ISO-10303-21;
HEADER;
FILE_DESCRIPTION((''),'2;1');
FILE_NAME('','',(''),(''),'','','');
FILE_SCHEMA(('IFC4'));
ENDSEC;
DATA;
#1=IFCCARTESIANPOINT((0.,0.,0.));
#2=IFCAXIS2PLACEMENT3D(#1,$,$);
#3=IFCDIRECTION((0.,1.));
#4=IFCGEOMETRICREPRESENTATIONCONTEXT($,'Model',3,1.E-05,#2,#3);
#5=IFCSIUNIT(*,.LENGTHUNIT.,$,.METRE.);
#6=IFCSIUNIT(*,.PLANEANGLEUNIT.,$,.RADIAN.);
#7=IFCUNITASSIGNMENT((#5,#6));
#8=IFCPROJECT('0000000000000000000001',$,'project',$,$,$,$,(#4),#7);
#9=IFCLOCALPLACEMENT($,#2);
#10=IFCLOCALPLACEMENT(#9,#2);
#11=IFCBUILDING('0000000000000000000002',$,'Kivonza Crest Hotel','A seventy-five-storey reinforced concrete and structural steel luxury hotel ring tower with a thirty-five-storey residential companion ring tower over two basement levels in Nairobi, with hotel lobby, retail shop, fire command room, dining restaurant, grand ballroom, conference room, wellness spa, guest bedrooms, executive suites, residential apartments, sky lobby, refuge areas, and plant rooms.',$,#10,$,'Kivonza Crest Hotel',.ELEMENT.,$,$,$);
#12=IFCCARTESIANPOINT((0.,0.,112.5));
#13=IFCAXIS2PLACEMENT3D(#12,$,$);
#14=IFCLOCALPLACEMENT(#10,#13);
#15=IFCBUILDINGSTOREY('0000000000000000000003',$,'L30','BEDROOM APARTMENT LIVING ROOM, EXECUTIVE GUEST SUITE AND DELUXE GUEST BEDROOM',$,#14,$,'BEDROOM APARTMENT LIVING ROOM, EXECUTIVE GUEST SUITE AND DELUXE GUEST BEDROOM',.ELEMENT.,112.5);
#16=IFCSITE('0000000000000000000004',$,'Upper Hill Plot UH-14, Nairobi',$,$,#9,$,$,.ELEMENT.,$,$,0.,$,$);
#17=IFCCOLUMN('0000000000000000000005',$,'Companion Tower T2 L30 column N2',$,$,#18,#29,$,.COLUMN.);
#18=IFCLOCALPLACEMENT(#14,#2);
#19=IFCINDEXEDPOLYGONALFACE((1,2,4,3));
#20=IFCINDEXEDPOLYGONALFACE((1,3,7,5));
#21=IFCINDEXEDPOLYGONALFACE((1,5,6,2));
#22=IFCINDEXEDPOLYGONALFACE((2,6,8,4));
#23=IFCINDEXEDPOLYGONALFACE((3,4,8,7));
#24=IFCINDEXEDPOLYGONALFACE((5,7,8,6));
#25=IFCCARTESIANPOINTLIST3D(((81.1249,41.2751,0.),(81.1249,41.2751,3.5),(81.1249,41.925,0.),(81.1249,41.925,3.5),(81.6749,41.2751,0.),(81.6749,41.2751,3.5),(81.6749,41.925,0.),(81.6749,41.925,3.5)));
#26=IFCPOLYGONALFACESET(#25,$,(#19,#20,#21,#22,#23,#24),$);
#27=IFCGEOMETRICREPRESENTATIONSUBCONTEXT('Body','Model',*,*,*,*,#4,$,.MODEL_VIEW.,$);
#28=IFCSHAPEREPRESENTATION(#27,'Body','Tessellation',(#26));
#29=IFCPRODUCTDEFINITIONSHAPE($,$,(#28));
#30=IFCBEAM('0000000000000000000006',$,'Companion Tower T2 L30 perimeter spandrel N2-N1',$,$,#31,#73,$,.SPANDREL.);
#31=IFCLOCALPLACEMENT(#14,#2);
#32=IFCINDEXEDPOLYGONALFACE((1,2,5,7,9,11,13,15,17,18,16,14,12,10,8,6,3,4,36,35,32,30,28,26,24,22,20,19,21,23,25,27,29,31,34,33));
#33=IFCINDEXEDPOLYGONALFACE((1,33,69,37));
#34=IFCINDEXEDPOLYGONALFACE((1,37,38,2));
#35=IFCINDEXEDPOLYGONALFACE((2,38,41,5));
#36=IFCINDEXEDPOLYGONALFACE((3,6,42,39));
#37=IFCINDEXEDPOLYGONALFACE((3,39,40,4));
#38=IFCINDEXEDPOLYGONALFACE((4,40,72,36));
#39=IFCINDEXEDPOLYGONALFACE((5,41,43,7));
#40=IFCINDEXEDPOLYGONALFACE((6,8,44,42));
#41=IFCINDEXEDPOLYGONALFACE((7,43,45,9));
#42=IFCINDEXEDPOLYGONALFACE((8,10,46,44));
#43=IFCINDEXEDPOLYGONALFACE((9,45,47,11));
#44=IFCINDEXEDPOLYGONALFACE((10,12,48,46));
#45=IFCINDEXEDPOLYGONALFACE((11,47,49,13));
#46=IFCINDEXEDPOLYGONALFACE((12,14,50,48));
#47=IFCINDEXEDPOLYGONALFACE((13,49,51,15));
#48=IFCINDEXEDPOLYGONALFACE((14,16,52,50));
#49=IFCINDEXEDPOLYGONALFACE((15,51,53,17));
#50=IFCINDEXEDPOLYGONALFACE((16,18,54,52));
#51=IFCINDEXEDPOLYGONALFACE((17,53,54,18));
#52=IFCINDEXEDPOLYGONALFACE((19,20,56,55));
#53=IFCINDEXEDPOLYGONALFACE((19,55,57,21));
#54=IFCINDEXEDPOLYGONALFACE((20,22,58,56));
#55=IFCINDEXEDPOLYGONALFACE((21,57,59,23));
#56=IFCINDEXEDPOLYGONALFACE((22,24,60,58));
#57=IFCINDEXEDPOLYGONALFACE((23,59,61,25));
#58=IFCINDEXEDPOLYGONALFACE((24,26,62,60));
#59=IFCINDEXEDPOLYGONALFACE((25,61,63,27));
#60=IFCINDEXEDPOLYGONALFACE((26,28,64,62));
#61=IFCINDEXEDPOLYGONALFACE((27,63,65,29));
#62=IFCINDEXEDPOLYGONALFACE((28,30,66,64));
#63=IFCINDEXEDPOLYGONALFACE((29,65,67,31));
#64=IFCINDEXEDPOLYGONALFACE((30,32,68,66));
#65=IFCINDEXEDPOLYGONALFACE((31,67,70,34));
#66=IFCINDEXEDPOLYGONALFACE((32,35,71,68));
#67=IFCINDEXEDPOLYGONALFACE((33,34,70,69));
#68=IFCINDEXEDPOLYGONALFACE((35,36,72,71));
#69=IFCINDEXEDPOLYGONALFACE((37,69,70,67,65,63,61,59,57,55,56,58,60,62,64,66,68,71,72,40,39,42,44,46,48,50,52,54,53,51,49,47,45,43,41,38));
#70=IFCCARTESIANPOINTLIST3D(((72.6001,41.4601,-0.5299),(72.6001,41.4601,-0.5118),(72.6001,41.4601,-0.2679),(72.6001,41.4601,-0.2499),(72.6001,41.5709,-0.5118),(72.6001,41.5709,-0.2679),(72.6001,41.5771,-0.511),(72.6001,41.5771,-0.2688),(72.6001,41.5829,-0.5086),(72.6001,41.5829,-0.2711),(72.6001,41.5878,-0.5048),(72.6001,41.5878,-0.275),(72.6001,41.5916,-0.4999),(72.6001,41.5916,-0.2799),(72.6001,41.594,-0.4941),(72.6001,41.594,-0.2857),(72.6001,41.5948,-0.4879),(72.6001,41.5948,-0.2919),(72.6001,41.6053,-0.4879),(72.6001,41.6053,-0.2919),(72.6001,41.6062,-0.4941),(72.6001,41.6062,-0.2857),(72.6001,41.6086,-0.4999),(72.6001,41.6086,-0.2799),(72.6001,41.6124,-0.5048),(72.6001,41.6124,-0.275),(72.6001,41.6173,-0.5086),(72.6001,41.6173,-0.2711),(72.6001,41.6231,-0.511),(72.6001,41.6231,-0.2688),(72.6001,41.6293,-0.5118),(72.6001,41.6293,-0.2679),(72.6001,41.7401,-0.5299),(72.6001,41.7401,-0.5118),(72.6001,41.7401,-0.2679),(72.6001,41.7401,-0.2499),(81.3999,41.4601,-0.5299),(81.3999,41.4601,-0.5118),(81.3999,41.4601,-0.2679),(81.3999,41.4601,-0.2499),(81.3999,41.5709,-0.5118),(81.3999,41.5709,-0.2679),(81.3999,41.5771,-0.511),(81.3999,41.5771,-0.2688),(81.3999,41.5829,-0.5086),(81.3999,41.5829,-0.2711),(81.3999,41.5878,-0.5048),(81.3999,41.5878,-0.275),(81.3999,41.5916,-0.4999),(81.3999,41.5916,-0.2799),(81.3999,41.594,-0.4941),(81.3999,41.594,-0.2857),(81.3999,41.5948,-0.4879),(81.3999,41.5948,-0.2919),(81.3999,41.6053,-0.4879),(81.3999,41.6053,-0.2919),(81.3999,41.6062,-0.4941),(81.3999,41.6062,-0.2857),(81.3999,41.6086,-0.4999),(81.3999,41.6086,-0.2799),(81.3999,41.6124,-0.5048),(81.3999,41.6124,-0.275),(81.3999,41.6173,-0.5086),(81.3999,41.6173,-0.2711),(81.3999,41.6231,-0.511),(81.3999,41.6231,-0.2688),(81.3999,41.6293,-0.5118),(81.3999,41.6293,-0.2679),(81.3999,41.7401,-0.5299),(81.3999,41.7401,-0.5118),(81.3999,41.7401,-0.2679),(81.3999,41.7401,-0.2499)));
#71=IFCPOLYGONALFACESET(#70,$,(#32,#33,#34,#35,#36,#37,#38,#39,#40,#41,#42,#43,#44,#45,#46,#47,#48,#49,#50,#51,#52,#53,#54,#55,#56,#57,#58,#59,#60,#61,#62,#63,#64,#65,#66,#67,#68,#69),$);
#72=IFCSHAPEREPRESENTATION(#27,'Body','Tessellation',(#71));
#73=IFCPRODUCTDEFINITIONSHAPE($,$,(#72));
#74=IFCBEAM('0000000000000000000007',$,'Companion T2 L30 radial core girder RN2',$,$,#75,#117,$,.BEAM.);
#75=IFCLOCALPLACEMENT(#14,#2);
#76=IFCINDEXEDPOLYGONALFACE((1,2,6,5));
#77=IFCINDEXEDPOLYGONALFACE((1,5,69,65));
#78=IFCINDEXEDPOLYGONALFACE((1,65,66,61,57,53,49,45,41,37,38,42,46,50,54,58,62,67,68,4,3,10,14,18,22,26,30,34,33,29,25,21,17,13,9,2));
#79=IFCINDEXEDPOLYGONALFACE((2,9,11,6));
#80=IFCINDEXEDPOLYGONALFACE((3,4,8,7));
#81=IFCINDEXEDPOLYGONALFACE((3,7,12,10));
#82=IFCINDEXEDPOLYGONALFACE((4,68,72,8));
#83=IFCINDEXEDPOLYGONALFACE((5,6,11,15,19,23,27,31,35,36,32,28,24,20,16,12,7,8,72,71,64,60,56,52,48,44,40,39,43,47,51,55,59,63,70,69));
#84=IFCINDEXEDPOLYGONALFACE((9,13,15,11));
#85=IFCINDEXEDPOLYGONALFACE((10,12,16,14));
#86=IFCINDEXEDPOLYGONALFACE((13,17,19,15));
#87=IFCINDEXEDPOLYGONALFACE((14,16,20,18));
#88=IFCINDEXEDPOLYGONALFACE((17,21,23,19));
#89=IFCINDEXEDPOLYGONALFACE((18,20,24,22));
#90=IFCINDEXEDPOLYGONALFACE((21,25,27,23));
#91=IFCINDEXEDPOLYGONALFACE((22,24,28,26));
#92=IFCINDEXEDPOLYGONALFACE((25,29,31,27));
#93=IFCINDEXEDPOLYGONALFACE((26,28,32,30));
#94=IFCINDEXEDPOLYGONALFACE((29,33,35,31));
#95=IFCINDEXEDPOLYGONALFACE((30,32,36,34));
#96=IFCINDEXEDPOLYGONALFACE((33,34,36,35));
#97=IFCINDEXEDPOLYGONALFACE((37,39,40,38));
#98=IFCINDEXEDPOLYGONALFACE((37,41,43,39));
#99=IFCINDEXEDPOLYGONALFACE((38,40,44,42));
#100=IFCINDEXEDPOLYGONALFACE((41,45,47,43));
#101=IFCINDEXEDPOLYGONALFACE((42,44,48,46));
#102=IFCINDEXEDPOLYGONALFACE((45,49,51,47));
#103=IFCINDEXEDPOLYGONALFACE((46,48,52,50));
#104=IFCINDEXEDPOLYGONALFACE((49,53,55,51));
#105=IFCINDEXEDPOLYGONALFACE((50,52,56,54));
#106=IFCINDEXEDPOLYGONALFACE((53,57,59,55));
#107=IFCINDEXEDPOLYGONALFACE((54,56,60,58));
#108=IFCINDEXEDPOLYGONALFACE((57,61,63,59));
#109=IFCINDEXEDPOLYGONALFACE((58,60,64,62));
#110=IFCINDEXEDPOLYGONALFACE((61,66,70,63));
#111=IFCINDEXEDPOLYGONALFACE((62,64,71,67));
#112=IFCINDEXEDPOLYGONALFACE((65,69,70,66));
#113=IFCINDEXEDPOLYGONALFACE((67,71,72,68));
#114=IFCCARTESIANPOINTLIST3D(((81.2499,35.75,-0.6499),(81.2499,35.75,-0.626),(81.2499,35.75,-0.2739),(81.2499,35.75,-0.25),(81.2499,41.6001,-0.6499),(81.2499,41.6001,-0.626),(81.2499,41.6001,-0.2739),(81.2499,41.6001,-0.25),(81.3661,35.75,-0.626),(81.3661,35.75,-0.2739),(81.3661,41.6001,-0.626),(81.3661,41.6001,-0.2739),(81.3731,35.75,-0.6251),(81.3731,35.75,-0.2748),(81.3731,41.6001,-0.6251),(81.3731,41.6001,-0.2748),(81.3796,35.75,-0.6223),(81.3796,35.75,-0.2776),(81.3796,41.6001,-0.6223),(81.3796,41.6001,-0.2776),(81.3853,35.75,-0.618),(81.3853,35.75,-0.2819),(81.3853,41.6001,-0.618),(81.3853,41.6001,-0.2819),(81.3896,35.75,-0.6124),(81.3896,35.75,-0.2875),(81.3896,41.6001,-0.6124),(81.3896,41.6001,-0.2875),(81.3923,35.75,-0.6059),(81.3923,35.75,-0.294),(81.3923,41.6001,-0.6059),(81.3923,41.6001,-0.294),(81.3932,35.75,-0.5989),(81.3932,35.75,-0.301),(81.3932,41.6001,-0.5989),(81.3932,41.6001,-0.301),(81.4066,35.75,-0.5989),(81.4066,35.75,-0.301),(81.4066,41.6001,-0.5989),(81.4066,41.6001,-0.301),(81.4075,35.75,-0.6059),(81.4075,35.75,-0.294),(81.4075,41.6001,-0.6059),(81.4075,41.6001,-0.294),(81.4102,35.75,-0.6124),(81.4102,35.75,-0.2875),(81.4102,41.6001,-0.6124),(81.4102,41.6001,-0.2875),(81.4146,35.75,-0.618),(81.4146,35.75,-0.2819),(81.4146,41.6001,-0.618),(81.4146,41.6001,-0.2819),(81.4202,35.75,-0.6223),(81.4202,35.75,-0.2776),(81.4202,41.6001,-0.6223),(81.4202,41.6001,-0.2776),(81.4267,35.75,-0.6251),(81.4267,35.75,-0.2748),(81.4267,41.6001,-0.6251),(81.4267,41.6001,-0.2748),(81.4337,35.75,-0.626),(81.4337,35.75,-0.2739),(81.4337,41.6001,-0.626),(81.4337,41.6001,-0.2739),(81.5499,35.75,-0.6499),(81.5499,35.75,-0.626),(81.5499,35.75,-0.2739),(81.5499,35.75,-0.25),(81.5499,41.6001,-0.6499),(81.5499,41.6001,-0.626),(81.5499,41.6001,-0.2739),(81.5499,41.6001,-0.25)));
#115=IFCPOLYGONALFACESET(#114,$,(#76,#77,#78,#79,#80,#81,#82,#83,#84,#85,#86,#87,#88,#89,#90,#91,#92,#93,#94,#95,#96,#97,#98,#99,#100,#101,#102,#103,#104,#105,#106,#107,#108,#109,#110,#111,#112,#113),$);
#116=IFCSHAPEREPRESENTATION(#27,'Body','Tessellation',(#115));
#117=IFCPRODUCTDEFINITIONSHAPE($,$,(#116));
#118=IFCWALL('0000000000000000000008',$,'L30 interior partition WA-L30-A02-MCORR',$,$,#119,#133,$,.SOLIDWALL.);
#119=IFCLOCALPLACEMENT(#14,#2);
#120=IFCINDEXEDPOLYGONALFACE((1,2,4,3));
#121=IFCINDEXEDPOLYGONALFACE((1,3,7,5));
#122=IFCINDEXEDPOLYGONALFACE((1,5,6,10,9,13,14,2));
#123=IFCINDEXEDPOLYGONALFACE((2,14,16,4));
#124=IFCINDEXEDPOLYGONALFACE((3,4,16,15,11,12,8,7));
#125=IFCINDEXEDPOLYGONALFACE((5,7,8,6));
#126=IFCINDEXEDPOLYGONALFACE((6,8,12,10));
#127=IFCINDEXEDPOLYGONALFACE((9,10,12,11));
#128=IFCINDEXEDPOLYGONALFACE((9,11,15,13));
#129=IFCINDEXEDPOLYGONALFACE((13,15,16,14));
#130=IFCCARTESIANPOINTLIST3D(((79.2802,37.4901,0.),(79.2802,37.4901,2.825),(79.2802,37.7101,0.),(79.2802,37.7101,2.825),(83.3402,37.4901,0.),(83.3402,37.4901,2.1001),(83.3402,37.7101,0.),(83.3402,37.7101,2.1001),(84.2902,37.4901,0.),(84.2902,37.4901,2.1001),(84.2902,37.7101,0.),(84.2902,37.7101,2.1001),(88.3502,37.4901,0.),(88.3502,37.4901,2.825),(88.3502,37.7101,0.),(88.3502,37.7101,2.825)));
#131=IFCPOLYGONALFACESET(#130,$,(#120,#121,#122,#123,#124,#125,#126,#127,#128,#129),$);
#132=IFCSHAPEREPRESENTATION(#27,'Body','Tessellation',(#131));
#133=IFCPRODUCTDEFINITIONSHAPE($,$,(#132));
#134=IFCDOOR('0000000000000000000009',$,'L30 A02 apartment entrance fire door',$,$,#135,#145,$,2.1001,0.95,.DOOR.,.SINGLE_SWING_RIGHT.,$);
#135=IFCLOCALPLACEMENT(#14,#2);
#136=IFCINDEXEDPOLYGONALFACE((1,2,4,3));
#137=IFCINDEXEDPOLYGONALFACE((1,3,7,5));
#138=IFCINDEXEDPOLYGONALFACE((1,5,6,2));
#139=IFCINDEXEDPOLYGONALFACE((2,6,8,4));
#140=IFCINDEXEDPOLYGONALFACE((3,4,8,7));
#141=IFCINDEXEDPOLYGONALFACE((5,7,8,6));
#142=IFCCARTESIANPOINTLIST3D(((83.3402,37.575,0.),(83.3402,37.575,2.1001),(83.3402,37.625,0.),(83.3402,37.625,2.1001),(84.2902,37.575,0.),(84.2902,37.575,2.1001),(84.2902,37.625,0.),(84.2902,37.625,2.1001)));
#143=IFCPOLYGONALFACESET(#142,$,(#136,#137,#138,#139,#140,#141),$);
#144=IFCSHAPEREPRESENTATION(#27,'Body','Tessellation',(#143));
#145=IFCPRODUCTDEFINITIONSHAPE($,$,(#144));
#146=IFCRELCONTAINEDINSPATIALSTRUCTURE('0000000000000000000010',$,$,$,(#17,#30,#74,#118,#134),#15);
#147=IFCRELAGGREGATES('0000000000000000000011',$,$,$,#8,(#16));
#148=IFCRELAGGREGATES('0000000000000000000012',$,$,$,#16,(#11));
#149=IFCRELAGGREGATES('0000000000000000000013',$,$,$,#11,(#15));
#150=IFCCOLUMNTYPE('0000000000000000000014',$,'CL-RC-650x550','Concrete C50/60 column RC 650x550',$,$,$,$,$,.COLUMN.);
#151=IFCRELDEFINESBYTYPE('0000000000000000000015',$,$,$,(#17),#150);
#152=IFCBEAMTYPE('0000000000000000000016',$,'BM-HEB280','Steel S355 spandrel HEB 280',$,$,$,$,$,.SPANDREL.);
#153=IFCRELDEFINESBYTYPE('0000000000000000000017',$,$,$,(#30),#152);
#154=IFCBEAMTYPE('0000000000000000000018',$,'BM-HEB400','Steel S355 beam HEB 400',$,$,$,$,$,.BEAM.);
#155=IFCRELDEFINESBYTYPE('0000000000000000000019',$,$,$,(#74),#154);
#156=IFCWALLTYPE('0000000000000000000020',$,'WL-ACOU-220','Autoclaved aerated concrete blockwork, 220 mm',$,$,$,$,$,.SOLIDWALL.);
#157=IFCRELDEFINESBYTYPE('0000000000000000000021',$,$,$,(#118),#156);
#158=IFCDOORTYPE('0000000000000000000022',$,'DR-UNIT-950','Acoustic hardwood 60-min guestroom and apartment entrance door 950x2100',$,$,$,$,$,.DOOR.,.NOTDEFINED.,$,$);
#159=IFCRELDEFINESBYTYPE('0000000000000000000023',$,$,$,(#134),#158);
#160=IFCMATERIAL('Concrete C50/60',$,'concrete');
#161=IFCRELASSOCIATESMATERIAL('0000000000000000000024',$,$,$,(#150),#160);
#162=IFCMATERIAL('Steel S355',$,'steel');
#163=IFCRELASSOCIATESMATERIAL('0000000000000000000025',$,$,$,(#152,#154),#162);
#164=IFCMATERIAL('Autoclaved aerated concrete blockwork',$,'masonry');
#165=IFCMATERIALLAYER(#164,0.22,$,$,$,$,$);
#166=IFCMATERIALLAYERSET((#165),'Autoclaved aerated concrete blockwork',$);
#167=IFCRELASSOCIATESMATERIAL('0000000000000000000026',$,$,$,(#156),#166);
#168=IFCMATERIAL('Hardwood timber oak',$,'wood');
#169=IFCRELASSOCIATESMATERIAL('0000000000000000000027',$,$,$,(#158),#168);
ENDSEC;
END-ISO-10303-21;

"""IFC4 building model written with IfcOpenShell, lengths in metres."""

from ifc_helpers import new_model, si_unit, direction, frame, frame_2d, origin, origin_2d, place, context, subcontext, project, spatial, rectangle, i_section, extrude, material, layer, layer_set, material_profile, profile_set, type_object, element, fill, save


model = new_model("IFC4")

# Units and contexts
model_context = context("Model", 3, precision=1e-05, world=origin(), true_north=direction((0.0, 1.0)))
body_context = subcontext(model_context, "Body", "Model", "MODEL_VIEW")
ifc_project = project(units=[si_unit("LENGTHUNIT", "METRE"), si_unit("PLANEANGLEUNIT", "RADIAN")], contexts=[model_context])

# Site, building, storey
site_placement = place(None, origin())
site = spatial("IfcSite", under=ifc_project, at=site_placement, Name="Upper Hill Plot UH-14, Nairobi", CompositionType="ELEMENT", RefElevation=0.0)
building_placement = place(site_placement, origin())
building = spatial("IfcBuilding", under=site, at=building_placement, Name="Kivonza Crest Hotel", Description="A seventy-five-storey reinforced concrete and structural steel luxury hotel ring tower with a thirty-five-storey residential companion ring tower over two basement levels in Nairobi, with hotel lobby, retail shop, fire command room, dining restaurant, grand ballroom, conference room, wellness spa, guest bedrooms, executive suites, residential apartments, sky lobby, refuge areas, and plant rooms.", LongName="Kivonza Crest Hotel", CompositionType="ELEMENT")
storey_placement = place(building_placement, frame((0.0, 0.0, 112.5)))
storey = spatial("IfcBuildingStorey", under=building, at=storey_placement, Name="L30", Description="BEDROOM APARTMENT LIVING ROOM, EXECUTIVE GUEST SUITE AND DELUXE GUEST BEDROOM", LongName="BEDROOM APARTMENT LIVING ROOM, EXECUTIVE GUEST SUITE AND DELUXE GUEST BEDROOM", CompositionType="ELEMENT", Elevation=112.5)

# Column
ifc_material_1 = material(Name="Concrete C50/60", Category="concrete")
ifc_material_profile_1 = material_profile(ifc_material_1, rectangle(XDim=0.55, YDim=0.6499, at=origin_2d()), Name="RC 650x550")
ifc_profile_set_1 = profile_set([ifc_material_profile_1], Name="Concrete C50/60")
column_type = type_object("IfcColumnType", Name="CL-RC-650x550", Description="Concrete C50/60 column RC 650x550", PredefinedType="COLUMN", material=ifc_profile_set_1)
column_placement = place(storey_placement, frame((81.3999, 41.6001, 0.0), z_axis=(0.0, 0.0, 1.0), x_axis=(1.0, 0.0, 0.0)))
element("IfcColumn", 1, at=column_placement, inside=storey, type_object=column_type, Name="Companion Tower T2 L30 column N2", PredefinedType="COLUMN", context=body_context, shape_type="SweptSolid", body=[
    extrude(rectangle(XDim=0.55, YDim=0.6499, at=origin_2d()), origin(), (0.0, 0.0, 1.0), 3.5),
])

# Beams
ifc_material_2 = material(Name="Steel S355", Category="steel")
ifc_material_profile_2 = material_profile(ifc_material_2, i_section(OverallWidth=0.28, OverallDepth=0.28, WebThickness=0.0105, FlangeThickness=0.0181, FilletRadius=0.0239, at=origin_2d()), Name="HEB 280")
ifc_profile_set_2 = profile_set([ifc_material_profile_2], Name="Steel S355")
beam_type_1 = type_object("IfcBeamType", Name="BM-HEB280", Description="Steel S355 spandrel HEB 280", PredefinedType="SPANDREL", material=ifc_profile_set_2)
beam_1_placement = place(storey_placement, frame((81.3999, 41.6001, -0.3899), z_axis=(-1.0, 0.0, 0.0), x_axis=(0.0, -1.0, 0.0)))
element("IfcBeam", 2, at=beam_1_placement, inside=storey, type_object=beam_type_1, Name="Companion Tower T2 L30 perimeter spandrel N2-N1", PredefinedType="SPANDREL", context=body_context, shape_type="SweptSolid", body=[
    extrude(i_section(OverallWidth=0.28, OverallDepth=0.28, WebThickness=0.0105, FlangeThickness=0.0181, FilletRadius=0.0239, at=origin_2d()), origin(), (0.0, 0.0, 1.0), 8.7998),
])
ifc_material_profile_3 = material_profile(ifc_material_2, i_section(OverallWidth=0.3, OverallDepth=0.3999, WebThickness=0.0134, FlangeThickness=0.0239, FilletRadius=0.0271, at=origin_2d()), Name="HEB 400")
ifc_profile_set_3 = profile_set([ifc_material_profile_3], Name="Steel S355")
beam_type_2 = type_object("IfcBeamType", Name="BM-HEB400", Description="Steel S355 beam HEB 400", PredefinedType="BEAM", material=ifc_profile_set_3)
beam_2_placement = place(storey_placement, frame((81.3999, 41.6001, -0.45), z_axis=(0.0, -1.0, 0.0), x_axis=(1.0, 0.0, 0.0)))
element("IfcBeam", 3, at=beam_2_placement, inside=storey, type_object=beam_type_2, Name="Companion T2 L30 radial core girder RN2", PredefinedType="BEAM", context=body_context, shape_type="SweptSolid", body=[
    extrude(i_section(OverallWidth=0.3, OverallDepth=0.3999, WebThickness=0.0134, FlangeThickness=0.0239, FilletRadius=0.0271, at=origin_2d()), origin(), (0.0, 0.0, 1.0), 5.8501),
])

# Wall, opening, door
ifc_material_3 = material(Name="Autoclaved aerated concrete blockwork", Category="masonry")
ifc_layer_1 = layer(ifc_material_3, 0.22)
ifc_layer_set_1 = layer_set([ifc_layer_1], Name="Autoclaved aerated concrete blockwork")
wall_type_1 = type_object("IfcWallType", Name="WL-ACOU-220", Description="Autoclaved aerated concrete blockwork, 220 mm", PredefinedType="SOLIDWALL", material=ifc_layer_set_1)
wall_1_placement = place(storey_placement, frame((79.28, 37.6001, 0.0), z_axis=(0.0, 0.0, 1.0), x_axis=(1.0, 0.0, 0.0)))
wall_1 = element("IfcWall", 4, at=wall_1_placement, inside=storey, type_object=wall_type_1, Name="L30 interior partition WA-L30-A02-MCORR", PredefinedType="SOLIDWALL", context=body_context, shape_type="SweptSolid", body=[
    extrude(rectangle(XDim=9.0701, YDim=0.22, at=frame_2d((4.5352, 0.0))), origin(), (0.0, 0.0, 1.0), 2.825),
])
opening_1_placement = place(wall_1_placement, frame((4.0601, 0.0, 0.0)))
opening_1 = element("IfcOpeningElement", 5, at=opening_1_placement, cuts=wall_1, PredefinedType="OPENING", context=body_context, shape_type="SweptSolid", body=[
    extrude(rectangle(XDim=0.95, YDim=2.1001, at=frame_2d((0.4751, 1.05))), frame((0.0, 0.1201, 0.0), z_axis=(0.0, -1.0, 0.0), x_axis=(1.0, 0.0, 0.0)), (0.0, 0.0, 1.0), 0.24),
])
ifc_material_4 = material(Name="Hardwood timber oak", Category="wood")
door_type_1 = type_object("IfcDoorType", Name="DR-UNIT-950", Description="Acoustic hardwood 60-min guestroom and apartment entrance door 950x2100", OperationType="NOTDEFINED", PredefinedType="DOOR", material=ifc_material_4)
door_1_placement = place(opening_1_placement, origin())
door_1 = element("IfcDoor", 6, at=door_1_placement, inside=storey, type_object=door_type_1, Name="L30 A02 apartment entrance fire door", OperationType="SINGLE_SWING_RIGHT", OverallHeight=2.1001, OverallWidth=0.95, PredefinedType="DOOR", context=body_context, shape_type="SweptSolid", body=[
    extrude(rectangle(XDim=0.95, YDim=2.1001, at=frame_2d((0.4751, 1.05))), frame((0.0, 0.0249, 0.0), z_axis=(0.0, -1.0, 0.0), x_axis=(1.0, 0.0, 0.0)), (0.0, 0.0, 1.0), 0.05),
])
fill(opening_1, door_1)

save(model, "model.ifc")
